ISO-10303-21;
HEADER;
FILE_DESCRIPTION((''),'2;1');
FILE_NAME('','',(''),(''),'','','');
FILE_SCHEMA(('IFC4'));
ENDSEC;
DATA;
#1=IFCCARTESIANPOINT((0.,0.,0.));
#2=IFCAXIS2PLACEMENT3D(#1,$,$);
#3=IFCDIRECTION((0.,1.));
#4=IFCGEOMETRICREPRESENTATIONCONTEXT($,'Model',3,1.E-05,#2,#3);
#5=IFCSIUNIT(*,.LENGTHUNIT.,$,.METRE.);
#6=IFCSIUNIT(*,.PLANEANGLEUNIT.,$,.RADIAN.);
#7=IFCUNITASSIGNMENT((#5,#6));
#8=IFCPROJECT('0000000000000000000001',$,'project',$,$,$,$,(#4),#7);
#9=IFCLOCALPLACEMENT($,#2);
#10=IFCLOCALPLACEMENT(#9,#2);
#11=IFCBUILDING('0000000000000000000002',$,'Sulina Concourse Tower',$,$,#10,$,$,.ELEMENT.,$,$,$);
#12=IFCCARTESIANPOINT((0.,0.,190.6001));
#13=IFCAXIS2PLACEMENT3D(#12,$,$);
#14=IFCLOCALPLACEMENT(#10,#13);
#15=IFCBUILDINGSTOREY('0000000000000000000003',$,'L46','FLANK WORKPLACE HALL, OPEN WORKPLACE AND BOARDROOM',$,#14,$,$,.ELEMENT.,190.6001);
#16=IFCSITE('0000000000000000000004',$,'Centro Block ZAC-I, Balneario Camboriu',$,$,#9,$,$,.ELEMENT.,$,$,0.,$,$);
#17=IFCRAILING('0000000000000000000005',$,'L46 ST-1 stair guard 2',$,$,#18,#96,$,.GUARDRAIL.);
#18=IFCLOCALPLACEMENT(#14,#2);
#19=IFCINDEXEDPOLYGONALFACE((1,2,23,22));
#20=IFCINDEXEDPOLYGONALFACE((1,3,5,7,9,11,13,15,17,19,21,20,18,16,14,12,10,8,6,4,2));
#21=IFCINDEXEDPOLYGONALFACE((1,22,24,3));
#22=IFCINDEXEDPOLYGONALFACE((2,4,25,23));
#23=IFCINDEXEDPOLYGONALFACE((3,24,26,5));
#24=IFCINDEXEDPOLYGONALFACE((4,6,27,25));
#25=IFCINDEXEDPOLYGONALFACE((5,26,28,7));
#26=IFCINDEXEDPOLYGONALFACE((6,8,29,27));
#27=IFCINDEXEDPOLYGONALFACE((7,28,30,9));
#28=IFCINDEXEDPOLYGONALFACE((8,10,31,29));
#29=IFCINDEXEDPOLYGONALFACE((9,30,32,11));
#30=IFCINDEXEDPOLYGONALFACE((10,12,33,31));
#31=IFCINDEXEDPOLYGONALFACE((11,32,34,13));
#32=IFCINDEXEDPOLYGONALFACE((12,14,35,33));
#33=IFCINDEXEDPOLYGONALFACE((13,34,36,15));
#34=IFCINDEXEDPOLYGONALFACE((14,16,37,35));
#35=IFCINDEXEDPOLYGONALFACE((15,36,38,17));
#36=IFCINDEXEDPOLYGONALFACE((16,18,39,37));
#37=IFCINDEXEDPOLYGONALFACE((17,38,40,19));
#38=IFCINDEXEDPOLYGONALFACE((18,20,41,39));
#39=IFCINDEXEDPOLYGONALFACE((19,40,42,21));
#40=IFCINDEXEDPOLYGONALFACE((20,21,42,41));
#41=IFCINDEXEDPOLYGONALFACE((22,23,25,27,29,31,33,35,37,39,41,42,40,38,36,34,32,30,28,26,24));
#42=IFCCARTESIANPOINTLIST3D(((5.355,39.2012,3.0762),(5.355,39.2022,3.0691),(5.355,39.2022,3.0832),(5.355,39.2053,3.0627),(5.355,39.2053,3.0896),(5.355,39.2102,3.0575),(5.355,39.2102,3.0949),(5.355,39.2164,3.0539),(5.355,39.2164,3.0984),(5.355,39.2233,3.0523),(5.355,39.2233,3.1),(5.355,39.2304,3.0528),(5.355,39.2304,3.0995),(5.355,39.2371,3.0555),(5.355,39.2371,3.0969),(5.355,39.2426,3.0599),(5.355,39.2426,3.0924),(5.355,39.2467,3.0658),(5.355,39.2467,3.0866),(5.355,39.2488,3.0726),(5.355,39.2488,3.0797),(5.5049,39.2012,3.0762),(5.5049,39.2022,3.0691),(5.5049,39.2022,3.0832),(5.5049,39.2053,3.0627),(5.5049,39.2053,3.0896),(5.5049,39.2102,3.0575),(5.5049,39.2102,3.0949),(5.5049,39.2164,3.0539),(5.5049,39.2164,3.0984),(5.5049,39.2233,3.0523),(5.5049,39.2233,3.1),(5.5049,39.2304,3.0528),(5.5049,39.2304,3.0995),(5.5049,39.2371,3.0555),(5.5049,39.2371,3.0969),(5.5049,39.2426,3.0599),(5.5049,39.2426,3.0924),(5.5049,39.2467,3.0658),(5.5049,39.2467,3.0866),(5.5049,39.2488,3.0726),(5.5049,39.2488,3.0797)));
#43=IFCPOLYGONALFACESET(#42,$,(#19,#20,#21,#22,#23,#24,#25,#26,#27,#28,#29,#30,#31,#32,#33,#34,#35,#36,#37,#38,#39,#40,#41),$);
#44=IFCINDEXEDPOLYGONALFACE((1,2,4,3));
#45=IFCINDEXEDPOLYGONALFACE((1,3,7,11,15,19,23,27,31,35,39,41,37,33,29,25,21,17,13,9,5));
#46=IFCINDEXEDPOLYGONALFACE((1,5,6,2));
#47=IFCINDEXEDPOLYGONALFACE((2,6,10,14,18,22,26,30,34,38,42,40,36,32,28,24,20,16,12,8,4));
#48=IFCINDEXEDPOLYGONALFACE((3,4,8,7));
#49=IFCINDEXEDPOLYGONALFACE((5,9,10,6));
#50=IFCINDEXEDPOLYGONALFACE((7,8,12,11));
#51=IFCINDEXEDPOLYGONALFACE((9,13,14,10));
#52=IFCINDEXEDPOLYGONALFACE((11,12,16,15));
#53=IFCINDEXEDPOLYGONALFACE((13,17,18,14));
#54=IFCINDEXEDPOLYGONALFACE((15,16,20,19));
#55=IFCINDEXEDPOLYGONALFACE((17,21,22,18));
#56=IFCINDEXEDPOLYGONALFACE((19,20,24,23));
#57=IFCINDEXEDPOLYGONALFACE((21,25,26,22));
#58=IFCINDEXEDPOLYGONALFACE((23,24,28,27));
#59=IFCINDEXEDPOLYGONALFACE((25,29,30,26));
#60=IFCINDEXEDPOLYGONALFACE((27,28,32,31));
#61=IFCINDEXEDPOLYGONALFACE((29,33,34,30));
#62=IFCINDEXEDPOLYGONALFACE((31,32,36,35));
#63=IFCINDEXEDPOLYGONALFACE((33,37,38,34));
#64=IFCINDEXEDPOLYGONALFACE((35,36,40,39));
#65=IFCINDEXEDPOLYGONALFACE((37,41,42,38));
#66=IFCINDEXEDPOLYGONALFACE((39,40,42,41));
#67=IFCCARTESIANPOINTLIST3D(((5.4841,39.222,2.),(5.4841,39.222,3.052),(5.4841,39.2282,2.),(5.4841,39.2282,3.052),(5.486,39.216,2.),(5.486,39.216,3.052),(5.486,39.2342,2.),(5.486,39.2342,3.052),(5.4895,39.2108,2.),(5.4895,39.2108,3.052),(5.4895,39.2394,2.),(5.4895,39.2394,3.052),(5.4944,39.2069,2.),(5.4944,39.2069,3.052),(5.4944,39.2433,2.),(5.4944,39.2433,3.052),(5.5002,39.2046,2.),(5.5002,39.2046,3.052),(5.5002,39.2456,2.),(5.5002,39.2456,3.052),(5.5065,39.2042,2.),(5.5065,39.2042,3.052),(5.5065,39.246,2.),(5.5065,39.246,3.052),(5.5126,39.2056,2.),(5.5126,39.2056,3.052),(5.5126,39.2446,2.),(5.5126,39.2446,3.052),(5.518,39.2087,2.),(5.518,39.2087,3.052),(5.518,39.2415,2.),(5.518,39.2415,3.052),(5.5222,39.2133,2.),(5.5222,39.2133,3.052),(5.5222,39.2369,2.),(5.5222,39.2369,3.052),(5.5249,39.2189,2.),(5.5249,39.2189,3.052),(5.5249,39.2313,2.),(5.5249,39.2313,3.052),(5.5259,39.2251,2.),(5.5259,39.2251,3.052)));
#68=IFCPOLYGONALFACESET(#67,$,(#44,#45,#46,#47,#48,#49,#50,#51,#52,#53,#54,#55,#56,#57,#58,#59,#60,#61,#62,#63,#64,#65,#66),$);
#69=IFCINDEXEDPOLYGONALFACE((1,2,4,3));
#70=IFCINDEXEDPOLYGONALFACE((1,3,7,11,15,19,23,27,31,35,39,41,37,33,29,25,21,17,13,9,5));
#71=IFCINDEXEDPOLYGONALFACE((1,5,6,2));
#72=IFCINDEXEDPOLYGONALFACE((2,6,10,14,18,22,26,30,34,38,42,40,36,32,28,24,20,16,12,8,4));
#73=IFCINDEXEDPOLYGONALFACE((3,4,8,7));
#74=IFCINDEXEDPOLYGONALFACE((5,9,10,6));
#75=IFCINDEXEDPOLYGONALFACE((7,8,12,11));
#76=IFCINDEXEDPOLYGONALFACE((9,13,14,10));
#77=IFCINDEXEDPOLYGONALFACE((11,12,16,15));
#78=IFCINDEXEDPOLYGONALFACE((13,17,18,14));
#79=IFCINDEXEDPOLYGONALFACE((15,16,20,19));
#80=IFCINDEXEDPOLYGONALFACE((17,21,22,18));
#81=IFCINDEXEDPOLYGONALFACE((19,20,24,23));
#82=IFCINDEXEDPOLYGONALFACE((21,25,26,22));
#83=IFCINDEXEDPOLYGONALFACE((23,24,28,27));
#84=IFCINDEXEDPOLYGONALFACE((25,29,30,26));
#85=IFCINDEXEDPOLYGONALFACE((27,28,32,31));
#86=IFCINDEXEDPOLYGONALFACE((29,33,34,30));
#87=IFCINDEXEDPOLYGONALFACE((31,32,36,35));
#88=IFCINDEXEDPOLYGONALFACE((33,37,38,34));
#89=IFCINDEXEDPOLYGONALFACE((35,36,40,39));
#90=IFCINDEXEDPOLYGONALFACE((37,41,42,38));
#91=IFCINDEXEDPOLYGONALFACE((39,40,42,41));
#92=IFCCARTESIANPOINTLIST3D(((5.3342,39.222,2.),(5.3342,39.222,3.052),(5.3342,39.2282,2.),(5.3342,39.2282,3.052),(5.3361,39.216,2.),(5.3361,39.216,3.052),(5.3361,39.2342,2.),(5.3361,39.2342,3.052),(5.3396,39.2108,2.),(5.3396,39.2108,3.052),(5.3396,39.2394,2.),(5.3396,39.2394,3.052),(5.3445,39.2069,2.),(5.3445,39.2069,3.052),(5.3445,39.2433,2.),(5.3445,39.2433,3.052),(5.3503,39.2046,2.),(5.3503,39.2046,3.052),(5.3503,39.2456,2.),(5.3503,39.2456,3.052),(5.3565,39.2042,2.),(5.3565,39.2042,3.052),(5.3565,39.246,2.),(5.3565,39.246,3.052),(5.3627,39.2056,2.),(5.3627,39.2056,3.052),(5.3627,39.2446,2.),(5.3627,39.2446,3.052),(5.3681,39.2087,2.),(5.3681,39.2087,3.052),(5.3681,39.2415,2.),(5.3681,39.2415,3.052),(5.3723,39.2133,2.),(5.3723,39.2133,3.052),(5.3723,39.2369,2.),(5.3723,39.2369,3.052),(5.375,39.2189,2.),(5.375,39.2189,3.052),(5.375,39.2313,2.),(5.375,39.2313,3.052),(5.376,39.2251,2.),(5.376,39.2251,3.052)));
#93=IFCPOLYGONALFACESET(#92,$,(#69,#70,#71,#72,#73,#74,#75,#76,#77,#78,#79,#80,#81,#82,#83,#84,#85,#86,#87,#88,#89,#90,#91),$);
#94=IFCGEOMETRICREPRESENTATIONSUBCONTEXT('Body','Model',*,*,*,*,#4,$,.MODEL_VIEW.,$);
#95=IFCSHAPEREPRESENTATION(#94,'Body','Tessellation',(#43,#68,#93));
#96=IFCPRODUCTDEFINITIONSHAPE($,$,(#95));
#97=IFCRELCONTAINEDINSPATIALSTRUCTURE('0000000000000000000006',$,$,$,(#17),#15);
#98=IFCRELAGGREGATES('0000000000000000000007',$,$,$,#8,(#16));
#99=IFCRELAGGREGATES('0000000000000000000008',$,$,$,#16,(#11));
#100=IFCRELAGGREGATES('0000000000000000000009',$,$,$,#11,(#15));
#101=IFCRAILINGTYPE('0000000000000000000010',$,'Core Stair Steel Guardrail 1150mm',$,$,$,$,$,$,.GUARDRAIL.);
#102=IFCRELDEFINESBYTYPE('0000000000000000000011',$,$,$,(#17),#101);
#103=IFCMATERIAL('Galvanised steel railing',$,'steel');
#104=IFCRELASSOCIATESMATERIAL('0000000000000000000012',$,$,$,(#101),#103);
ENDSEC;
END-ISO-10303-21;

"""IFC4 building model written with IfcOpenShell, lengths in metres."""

from ifc_helpers import new_model, si_unit, direction, frame, origin, origin_2d, place, context, subcontext, project, spatial, circle, extrude, material, type_object, element, save


model = new_model("IFC4")

# Units and contexts
model_context = context("Model", 3, precision=1e-05, world=origin(), true_north=direction((0.0, 1.0)))
body_context = subcontext(model_context, "Body", "Model", "MODEL_VIEW")
ifc_project = project(units=[si_unit("LENGTHUNIT", "METRE"), si_unit("PLANEANGLEUNIT", "RADIAN")], contexts=[model_context])

# Site, building, storey
site_placement = place(None, origin())
site = spatial("IfcSite", under=ifc_project, at=site_placement, Name="Centro Block ZAC-I, Balneario Camboriu", CompositionType="ELEMENT", RefElevation=0.0)
building_placement = place(site_placement, origin())
building = spatial("IfcBuilding", under=site, at=building_placement, Name="Sulina Concourse Tower", CompositionType="ELEMENT")
storey_placement = place(building_placement, frame((0.0, 0.0, 190.6001)))
storey = spatial("IfcBuildingStorey", under=building, at=storey_placement, Name="L46", Description="FLANK WORKPLACE HALL, OPEN WORKPLACE AND BOARDROOM", CompositionType="ELEMENT", Elevation=190.6001)

# Railing
ifc_material_1 = material(Name="Galvanised steel railing", Category="steel")
railing_type_1 = type_object("IfcRailingType", Name="Core Stair Steel Guardrail 1150mm", PredefinedType="GUARDRAIL", material=ifc_material_1)
railing_1_placement = place(storey_placement, frame((5.5049, 39.2251, 2.0)))
element("IfcRailing", 1, at=railing_1_placement, inside=storey, type_object=railing_type_1, Name="L46 ST-1 stair guard 2", PredefinedType="GUARDRAIL", context=body_context, shape_type="SweptSolid", body=[
    extrude(circle(Radius=0.0239, at=origin_2d()), frame((0.0, 0.0, 1.0762), z_axis=(-1.0, 0.0, 0.0), x_axis=(0.0, -1.0, 0.0)), (0.0, 0.0, 1.0), 0.1499),
    extrude(circle(Radius=0.021, at=origin_2d()), origin(), (0.0, 0.0, 1.0), 1.052),
    extrude(circle(Radius=0.021, at=origin_2d()), frame((-0.1499, 0.0, 0.0)), (0.0, 0.0, 1.0), 1.052),
])

save(model, "model.ifc")
